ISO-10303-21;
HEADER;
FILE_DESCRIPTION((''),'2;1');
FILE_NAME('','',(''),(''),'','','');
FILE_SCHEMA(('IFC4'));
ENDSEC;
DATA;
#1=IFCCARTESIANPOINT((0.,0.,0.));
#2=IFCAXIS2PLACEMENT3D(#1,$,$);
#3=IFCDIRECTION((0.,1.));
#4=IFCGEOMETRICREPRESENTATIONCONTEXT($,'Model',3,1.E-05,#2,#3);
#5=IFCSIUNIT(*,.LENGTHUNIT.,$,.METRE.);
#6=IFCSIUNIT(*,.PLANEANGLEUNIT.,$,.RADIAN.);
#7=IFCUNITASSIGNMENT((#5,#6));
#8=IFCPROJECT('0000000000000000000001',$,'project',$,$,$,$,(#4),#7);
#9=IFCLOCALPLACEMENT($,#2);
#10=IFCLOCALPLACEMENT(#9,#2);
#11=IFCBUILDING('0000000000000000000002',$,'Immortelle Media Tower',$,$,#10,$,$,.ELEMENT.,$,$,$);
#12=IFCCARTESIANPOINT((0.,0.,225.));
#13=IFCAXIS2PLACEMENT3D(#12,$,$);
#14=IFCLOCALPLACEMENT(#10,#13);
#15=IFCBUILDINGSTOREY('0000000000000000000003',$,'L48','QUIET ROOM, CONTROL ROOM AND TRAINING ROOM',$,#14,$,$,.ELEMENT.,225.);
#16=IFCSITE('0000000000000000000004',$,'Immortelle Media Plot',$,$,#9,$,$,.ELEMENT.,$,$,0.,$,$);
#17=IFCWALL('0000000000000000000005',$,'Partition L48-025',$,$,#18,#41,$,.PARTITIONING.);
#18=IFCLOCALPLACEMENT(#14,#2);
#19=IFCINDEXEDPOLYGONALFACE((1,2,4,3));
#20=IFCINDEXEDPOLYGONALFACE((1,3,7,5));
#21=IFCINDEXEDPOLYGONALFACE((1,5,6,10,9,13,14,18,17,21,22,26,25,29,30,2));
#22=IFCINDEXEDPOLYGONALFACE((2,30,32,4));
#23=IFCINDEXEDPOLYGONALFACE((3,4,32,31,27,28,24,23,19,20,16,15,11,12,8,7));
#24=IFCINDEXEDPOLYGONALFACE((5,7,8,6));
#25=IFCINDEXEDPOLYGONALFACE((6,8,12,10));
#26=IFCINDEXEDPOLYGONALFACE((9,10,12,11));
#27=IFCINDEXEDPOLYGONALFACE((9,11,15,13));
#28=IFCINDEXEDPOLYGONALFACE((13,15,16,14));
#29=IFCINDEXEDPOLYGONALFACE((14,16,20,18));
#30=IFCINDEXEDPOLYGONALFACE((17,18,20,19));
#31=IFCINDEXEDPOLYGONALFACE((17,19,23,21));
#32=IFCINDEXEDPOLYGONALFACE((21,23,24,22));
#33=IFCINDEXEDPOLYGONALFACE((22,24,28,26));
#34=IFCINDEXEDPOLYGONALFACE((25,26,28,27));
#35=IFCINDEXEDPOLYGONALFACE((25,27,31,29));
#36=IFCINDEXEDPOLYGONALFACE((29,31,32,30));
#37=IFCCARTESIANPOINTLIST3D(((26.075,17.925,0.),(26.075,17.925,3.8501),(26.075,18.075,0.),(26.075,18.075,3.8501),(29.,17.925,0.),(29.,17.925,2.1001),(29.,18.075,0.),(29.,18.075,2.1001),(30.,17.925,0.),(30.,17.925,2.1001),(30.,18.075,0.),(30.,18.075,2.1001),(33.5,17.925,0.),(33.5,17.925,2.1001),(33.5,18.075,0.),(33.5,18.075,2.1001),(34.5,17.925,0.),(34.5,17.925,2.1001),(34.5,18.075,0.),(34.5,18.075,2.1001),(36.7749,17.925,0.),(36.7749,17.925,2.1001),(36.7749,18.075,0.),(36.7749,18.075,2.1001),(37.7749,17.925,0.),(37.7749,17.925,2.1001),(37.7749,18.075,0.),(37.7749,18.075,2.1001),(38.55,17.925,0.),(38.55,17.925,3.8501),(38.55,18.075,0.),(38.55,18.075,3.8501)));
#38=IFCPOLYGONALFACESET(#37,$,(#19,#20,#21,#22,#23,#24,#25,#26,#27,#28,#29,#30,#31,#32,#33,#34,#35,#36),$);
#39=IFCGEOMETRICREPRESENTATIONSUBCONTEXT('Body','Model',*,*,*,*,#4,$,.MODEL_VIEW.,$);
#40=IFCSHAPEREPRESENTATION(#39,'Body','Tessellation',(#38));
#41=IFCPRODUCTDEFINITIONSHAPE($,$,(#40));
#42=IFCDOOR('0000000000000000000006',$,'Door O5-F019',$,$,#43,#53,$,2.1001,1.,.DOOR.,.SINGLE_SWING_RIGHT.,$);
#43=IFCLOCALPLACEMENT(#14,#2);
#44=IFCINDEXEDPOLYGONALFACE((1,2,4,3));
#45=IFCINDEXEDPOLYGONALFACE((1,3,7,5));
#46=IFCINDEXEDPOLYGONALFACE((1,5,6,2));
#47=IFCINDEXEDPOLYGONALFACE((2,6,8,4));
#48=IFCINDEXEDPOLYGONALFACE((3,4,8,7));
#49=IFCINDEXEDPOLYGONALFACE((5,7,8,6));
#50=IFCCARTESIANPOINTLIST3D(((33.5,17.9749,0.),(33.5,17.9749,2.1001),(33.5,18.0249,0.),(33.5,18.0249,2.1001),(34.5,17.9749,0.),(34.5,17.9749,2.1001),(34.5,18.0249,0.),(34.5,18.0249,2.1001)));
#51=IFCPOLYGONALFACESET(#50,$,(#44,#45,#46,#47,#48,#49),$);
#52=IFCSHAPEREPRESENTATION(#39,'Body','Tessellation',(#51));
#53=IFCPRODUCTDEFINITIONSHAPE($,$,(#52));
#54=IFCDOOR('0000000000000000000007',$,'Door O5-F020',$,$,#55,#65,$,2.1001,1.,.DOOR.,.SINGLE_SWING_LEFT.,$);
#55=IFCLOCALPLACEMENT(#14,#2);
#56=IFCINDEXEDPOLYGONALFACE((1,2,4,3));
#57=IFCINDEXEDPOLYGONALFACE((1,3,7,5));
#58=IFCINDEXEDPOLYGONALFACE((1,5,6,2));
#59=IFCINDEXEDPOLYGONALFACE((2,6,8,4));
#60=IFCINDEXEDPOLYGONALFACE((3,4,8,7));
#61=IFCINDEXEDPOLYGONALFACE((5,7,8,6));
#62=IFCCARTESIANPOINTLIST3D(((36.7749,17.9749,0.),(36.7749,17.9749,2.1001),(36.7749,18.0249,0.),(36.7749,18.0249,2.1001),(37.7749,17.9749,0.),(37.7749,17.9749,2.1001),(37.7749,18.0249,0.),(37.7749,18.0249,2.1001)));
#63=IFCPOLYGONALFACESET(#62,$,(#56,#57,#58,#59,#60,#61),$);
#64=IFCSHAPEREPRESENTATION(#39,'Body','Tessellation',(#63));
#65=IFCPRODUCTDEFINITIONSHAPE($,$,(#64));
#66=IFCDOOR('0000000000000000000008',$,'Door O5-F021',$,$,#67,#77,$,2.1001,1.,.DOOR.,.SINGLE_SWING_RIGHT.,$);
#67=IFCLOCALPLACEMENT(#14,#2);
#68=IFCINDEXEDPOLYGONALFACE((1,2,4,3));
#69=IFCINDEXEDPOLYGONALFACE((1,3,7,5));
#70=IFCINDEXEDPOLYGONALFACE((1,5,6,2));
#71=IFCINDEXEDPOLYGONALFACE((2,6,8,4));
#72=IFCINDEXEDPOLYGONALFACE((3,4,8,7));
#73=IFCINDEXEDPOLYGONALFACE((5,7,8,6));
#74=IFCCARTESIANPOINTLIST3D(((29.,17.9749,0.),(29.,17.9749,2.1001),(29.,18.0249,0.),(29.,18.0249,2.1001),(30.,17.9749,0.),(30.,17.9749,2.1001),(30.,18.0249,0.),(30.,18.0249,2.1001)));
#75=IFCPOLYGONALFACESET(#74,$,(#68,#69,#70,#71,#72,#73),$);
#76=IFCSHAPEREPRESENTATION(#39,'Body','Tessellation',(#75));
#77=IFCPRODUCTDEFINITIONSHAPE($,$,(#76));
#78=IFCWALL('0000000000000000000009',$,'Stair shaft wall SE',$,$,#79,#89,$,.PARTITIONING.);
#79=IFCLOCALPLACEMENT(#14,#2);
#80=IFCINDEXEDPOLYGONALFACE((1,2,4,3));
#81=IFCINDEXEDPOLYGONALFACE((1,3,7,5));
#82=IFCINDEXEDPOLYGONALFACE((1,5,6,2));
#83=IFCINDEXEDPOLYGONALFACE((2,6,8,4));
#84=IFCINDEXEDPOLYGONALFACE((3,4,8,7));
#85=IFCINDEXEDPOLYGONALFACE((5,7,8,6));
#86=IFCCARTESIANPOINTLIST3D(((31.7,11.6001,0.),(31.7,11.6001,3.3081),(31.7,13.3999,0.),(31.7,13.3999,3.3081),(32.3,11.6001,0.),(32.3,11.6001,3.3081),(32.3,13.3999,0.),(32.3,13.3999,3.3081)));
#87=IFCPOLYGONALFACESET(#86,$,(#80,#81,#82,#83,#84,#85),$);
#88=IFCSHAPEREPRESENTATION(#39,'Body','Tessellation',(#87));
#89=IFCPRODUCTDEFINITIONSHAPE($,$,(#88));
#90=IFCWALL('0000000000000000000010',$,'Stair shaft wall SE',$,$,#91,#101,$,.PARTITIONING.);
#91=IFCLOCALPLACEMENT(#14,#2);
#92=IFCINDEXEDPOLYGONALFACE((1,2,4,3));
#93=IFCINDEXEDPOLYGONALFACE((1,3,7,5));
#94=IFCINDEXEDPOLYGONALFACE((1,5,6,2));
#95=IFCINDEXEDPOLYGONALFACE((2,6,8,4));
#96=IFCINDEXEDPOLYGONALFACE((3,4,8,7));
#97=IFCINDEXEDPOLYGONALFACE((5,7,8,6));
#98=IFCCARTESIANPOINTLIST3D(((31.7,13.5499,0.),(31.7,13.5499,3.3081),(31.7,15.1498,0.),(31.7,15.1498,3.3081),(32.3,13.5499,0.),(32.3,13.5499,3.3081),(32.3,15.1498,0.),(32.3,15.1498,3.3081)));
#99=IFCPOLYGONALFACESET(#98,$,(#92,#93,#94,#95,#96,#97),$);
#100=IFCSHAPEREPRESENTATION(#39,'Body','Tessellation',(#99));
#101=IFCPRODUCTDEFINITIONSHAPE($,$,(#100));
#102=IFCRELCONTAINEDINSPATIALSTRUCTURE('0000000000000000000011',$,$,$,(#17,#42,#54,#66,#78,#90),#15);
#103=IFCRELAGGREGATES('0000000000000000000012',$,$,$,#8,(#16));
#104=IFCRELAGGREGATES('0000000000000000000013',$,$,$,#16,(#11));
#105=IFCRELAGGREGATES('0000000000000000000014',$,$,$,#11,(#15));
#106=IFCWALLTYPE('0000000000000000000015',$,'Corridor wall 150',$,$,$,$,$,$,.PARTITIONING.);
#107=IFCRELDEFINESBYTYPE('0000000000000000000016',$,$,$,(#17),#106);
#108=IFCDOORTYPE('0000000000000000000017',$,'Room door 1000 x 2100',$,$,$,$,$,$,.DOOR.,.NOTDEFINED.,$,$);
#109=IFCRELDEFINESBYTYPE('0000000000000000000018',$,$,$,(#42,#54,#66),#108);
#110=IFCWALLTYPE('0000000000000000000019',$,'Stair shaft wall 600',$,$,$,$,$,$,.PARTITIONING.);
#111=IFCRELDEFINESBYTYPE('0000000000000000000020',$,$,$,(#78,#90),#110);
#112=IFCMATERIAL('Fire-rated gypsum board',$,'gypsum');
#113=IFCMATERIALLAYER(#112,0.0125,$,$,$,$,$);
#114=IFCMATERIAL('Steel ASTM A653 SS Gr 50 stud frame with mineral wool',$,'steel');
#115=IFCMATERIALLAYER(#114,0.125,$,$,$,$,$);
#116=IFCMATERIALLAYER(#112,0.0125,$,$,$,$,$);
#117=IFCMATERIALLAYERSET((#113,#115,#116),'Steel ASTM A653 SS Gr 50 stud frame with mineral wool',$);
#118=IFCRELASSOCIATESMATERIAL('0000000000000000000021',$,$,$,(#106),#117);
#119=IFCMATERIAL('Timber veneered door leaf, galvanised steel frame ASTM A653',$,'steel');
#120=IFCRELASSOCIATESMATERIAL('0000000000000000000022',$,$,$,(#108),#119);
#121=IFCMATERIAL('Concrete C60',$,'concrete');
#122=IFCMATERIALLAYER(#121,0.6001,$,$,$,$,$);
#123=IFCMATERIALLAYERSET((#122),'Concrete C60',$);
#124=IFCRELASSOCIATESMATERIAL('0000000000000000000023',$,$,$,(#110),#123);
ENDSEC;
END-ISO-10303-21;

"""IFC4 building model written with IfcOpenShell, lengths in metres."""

from ifc_helpers import new_model, si_unit, direction, frame, frame_2d, origin, place, context, subcontext, project, spatial, rectangle, extrude, material, layer, layer_set, type_object, element, fill, save


model = new_model("IFC4")

# Units and contexts
model_context = context("Model", 3, precision=1e-05, world=origin(), true_north=direction((0.0, 1.0)))
body_context = subcontext(model_context, "Body", "Model", "MODEL_VIEW")
ifc_project = project(units=[si_unit("LENGTHUNIT", "METRE"), si_unit("PLANEANGLEUNIT", "RADIAN")], contexts=[model_context])

# Site, building, storey
site_placement = place(None, origin())
site = spatial("IfcSite", under=ifc_project, at=site_placement, Name="Immortelle Media Plot", CompositionType="ELEMENT", RefElevation=0.0)
building_placement = place(site_placement, origin())
building = spatial("IfcBuilding", under=site, at=building_placement, Name="Immortelle Media Tower", CompositionType="ELEMENT")
storey_placement = place(building_placement, frame((0.0, 0.0, 225.0)))
storey = spatial("IfcBuildingStorey", under=building, at=storey_placement, Name="L48", Description="QUIET ROOM, CONTROL ROOM AND TRAINING ROOM", CompositionType="ELEMENT", Elevation=225.0)

# Shared definitions
ifc_material_1 = material(Name="Fire-rated gypsum board", Category="gypsum")
ifc_material_2 = material(Name="Steel ASTM A653 SS Gr 50 stud frame with mineral wool", Category="steel")

# Wall, openings, doors
ifc_layer_1 = layer(ifc_material_1, 0.0125)
ifc_layer_2 = layer(ifc_material_2, 0.125)
ifc_layer_3 = layer(ifc_material_1, 0.0125)
ifc_layer_set_1 = layer_set([ifc_layer_1, ifc_layer_2, ifc_layer_3], Name="Steel ASTM A653 SS Gr 50 stud frame with mineral wool")
wall_type_1 = type_object("IfcWallType", Name="Corridor wall 150", PredefinedType="PARTITIONING", material=ifc_layer_set_1)
wall_1_placement = place(storey_placement, frame((26.075, 18.0, 0.0), z_axis=(0.0, 0.0, 1.0), x_axis=(1.0, 0.0, 0.0)))
wall_1 = element("IfcWall", 1, at=wall_1_placement, inside=storey, type_object=wall_type_1, Name="Partition L48-025", PredefinedType="PARTITIONING", context=body_context, shape_type="SweptSolid", body=[
    extrude(rectangle(XDim=12.4751, YDim=0.1499, at=frame_2d((6.2375, 0.0))), origin(), (0.0, 0.0, 1.0), 3.8501),
])
opening_1_placement = place(wall_1_placement, frame((7.425, 0.0, 0.0)))
opening_1 = element("IfcOpeningElement", 2, at=opening_1_placement, cuts=wall_1, PredefinedType="OPENING", context=body_context, shape_type="SweptSolid", body=[
    extrude(rectangle(XDim=1.0, YDim=2.1001, at=frame_2d((0.5, 1.05))), frame((0.0, 0.085, 0.0), z_axis=(0.0, -1.0, 0.0), x_axis=(1.0, 0.0, 0.0)), (0.0, 0.0, 1.0), 0.1699),
])
opening_2_placement = place(wall_1_placement, frame((10.7, 0.0, 0.0)))
opening_2 = element("IfcOpeningElement", 3, at=opening_2_placement, cuts=wall_1, PredefinedType="OPENING", context=body_context, shape_type="SweptSolid", body=[
    extrude(rectangle(XDim=1.0, YDim=2.1001, at=frame_2d((0.5, 1.05))), frame((0.0, 0.085, 0.0), z_axis=(0.0, -1.0, 0.0), x_axis=(1.0, 0.0, 0.0)), (0.0, 0.0, 1.0), 0.1699),
])
opening_3_placement = place(wall_1_placement, frame((2.925, 0.0, 0.0)))
opening_3 = element("IfcOpeningElement", 4, at=opening_3_placement, cuts=wall_1, PredefinedType="OPENING", context=body_context, shape_type="SweptSolid", body=[
    extrude(rectangle(XDim=1.0, YDim=2.1001, at=frame_2d((0.5, 1.05))), frame((0.0, 0.085, 0.0), z_axis=(0.0, -1.0, 0.0), x_axis=(1.0, 0.0, 0.0)), (0.0, 0.0, 1.0), 0.1699),
])
ifc_material_3 = material(Name="Timber veneered door leaf, galvanised steel frame ASTM A653", Category="steel")
door_type_1 = type_object("IfcDoorType", Name="Room door 1000 x 2100", OperationType="NOTDEFINED", PredefinedType="DOOR", material=ifc_material_3)
door_1_placement = place(opening_1_placement, origin())
door_1 = element("IfcDoor", 5, at=door_1_placement, inside=storey, type_object=door_type_1, Name="Door O5-F019", OperationType="SINGLE_SWING_RIGHT", OverallHeight=2.1001, OverallWidth=1.0, PredefinedType="DOOR", context=body_context, shape_type="SweptSolid", body=[
    extrude(rectangle(XDim=1.0, YDim=2.1001, at=frame_2d((0.5, 1.05))), frame((0.0, 0.0249, 0.0), z_axis=(0.0, -1.0, 0.0), x_axis=(1.0, 0.0, 0.0)), (0.0, 0.0, 1.0), 0.05),
])
fill(opening_1, door_1)
door_2_placement = place(opening_2_placement, origin())
door_2 = element("IfcDoor", 6, at=door_2_placement, inside=storey, type_object=door_type_1, Name="Door O5-F020", OperationType="SINGLE_SWING_LEFT", OverallHeight=2.1001, OverallWidth=1.0, PredefinedType="DOOR", context=body_context, shape_type="SweptSolid", body=[
    extrude(rectangle(XDim=1.0, YDim=2.1001, at=frame_2d((0.5, 1.05))), frame((0.0, 0.0249, 0.0), z_axis=(0.0, -1.0, 0.0), x_axis=(1.0, 0.0, 0.0)), (0.0, 0.0, 1.0), 0.05),
])
fill(opening_2, door_2)
door_3_placement = place(opening_3_placement, origin())
door_3 = element("IfcDoor", 7, at=door_3_placement, inside=storey, type_object=door_type_1, Name="Door O5-F021", OperationType="SINGLE_SWING_RIGHT", OverallHeight=2.1001, OverallWidth=1.0, PredefinedType="DOOR", context=body_context, shape_type="SweptSolid", body=[
    extrude(rectangle(XDim=1.0, YDim=2.1001, at=frame_2d((0.5, 1.05))), frame((0.0, 0.0249, 0.0), z_axis=(0.0, -1.0, 0.0), x_axis=(1.0, 0.0, 0.0)), (0.0, 0.0, 1.0), 0.05),
])
fill(opening_3, door_3)

# Walls
ifc_material_4 = material(Name="Concrete C60", Category="concrete")
ifc_layer_4 = layer(ifc_material_4, 0.6001)
ifc_layer_set_2 = layer_set([ifc_layer_4], Name="Concrete C60")
wall_type_2 = type_object("IfcWallType", Name="Stair shaft wall 600", PredefinedType="PARTITIONING", material=ifc_layer_set_2)
wall_2_placement = place(storey_placement, frame((32.0, 11.6001, 0.0), z_axis=(0.0, 0.0, 1.0), x_axis=(0.0, 1.0, 0.0)))
element("IfcWall", 8, at=wall_2_placement, inside=storey, type_object=wall_type_2, Name="Stair shaft wall SE", PredefinedType="PARTITIONING", context=body_context, shape_type="SweptSolid", body=[
    extrude(rectangle(XDim=1.7998, YDim=0.6001, at=frame_2d((0.8999, 0.0))), origin(), (0.0, 0.0, 1.0), 3.3081),
])
wall_3_placement = place(storey_placement, frame((32.0, 13.55, 0.0), z_axis=(0.0, 0.0, 1.0), x_axis=(0.0, 1.0, 0.0)))
element("IfcWall", 9, at=wall_3_placement, inside=storey, type_object=wall_type_2, Name="Stair shaft wall SE", PredefinedType="PARTITIONING", context=body_context, shape_type="SweptSolid", body=[
    extrude(rectangle(XDim=1.5999, YDim=0.6001, at=frame_2d((0.7998, 0.0))), origin(), (0.0, 0.0, 1.0), 3.3081),
])

save(model, "model.ifc")
